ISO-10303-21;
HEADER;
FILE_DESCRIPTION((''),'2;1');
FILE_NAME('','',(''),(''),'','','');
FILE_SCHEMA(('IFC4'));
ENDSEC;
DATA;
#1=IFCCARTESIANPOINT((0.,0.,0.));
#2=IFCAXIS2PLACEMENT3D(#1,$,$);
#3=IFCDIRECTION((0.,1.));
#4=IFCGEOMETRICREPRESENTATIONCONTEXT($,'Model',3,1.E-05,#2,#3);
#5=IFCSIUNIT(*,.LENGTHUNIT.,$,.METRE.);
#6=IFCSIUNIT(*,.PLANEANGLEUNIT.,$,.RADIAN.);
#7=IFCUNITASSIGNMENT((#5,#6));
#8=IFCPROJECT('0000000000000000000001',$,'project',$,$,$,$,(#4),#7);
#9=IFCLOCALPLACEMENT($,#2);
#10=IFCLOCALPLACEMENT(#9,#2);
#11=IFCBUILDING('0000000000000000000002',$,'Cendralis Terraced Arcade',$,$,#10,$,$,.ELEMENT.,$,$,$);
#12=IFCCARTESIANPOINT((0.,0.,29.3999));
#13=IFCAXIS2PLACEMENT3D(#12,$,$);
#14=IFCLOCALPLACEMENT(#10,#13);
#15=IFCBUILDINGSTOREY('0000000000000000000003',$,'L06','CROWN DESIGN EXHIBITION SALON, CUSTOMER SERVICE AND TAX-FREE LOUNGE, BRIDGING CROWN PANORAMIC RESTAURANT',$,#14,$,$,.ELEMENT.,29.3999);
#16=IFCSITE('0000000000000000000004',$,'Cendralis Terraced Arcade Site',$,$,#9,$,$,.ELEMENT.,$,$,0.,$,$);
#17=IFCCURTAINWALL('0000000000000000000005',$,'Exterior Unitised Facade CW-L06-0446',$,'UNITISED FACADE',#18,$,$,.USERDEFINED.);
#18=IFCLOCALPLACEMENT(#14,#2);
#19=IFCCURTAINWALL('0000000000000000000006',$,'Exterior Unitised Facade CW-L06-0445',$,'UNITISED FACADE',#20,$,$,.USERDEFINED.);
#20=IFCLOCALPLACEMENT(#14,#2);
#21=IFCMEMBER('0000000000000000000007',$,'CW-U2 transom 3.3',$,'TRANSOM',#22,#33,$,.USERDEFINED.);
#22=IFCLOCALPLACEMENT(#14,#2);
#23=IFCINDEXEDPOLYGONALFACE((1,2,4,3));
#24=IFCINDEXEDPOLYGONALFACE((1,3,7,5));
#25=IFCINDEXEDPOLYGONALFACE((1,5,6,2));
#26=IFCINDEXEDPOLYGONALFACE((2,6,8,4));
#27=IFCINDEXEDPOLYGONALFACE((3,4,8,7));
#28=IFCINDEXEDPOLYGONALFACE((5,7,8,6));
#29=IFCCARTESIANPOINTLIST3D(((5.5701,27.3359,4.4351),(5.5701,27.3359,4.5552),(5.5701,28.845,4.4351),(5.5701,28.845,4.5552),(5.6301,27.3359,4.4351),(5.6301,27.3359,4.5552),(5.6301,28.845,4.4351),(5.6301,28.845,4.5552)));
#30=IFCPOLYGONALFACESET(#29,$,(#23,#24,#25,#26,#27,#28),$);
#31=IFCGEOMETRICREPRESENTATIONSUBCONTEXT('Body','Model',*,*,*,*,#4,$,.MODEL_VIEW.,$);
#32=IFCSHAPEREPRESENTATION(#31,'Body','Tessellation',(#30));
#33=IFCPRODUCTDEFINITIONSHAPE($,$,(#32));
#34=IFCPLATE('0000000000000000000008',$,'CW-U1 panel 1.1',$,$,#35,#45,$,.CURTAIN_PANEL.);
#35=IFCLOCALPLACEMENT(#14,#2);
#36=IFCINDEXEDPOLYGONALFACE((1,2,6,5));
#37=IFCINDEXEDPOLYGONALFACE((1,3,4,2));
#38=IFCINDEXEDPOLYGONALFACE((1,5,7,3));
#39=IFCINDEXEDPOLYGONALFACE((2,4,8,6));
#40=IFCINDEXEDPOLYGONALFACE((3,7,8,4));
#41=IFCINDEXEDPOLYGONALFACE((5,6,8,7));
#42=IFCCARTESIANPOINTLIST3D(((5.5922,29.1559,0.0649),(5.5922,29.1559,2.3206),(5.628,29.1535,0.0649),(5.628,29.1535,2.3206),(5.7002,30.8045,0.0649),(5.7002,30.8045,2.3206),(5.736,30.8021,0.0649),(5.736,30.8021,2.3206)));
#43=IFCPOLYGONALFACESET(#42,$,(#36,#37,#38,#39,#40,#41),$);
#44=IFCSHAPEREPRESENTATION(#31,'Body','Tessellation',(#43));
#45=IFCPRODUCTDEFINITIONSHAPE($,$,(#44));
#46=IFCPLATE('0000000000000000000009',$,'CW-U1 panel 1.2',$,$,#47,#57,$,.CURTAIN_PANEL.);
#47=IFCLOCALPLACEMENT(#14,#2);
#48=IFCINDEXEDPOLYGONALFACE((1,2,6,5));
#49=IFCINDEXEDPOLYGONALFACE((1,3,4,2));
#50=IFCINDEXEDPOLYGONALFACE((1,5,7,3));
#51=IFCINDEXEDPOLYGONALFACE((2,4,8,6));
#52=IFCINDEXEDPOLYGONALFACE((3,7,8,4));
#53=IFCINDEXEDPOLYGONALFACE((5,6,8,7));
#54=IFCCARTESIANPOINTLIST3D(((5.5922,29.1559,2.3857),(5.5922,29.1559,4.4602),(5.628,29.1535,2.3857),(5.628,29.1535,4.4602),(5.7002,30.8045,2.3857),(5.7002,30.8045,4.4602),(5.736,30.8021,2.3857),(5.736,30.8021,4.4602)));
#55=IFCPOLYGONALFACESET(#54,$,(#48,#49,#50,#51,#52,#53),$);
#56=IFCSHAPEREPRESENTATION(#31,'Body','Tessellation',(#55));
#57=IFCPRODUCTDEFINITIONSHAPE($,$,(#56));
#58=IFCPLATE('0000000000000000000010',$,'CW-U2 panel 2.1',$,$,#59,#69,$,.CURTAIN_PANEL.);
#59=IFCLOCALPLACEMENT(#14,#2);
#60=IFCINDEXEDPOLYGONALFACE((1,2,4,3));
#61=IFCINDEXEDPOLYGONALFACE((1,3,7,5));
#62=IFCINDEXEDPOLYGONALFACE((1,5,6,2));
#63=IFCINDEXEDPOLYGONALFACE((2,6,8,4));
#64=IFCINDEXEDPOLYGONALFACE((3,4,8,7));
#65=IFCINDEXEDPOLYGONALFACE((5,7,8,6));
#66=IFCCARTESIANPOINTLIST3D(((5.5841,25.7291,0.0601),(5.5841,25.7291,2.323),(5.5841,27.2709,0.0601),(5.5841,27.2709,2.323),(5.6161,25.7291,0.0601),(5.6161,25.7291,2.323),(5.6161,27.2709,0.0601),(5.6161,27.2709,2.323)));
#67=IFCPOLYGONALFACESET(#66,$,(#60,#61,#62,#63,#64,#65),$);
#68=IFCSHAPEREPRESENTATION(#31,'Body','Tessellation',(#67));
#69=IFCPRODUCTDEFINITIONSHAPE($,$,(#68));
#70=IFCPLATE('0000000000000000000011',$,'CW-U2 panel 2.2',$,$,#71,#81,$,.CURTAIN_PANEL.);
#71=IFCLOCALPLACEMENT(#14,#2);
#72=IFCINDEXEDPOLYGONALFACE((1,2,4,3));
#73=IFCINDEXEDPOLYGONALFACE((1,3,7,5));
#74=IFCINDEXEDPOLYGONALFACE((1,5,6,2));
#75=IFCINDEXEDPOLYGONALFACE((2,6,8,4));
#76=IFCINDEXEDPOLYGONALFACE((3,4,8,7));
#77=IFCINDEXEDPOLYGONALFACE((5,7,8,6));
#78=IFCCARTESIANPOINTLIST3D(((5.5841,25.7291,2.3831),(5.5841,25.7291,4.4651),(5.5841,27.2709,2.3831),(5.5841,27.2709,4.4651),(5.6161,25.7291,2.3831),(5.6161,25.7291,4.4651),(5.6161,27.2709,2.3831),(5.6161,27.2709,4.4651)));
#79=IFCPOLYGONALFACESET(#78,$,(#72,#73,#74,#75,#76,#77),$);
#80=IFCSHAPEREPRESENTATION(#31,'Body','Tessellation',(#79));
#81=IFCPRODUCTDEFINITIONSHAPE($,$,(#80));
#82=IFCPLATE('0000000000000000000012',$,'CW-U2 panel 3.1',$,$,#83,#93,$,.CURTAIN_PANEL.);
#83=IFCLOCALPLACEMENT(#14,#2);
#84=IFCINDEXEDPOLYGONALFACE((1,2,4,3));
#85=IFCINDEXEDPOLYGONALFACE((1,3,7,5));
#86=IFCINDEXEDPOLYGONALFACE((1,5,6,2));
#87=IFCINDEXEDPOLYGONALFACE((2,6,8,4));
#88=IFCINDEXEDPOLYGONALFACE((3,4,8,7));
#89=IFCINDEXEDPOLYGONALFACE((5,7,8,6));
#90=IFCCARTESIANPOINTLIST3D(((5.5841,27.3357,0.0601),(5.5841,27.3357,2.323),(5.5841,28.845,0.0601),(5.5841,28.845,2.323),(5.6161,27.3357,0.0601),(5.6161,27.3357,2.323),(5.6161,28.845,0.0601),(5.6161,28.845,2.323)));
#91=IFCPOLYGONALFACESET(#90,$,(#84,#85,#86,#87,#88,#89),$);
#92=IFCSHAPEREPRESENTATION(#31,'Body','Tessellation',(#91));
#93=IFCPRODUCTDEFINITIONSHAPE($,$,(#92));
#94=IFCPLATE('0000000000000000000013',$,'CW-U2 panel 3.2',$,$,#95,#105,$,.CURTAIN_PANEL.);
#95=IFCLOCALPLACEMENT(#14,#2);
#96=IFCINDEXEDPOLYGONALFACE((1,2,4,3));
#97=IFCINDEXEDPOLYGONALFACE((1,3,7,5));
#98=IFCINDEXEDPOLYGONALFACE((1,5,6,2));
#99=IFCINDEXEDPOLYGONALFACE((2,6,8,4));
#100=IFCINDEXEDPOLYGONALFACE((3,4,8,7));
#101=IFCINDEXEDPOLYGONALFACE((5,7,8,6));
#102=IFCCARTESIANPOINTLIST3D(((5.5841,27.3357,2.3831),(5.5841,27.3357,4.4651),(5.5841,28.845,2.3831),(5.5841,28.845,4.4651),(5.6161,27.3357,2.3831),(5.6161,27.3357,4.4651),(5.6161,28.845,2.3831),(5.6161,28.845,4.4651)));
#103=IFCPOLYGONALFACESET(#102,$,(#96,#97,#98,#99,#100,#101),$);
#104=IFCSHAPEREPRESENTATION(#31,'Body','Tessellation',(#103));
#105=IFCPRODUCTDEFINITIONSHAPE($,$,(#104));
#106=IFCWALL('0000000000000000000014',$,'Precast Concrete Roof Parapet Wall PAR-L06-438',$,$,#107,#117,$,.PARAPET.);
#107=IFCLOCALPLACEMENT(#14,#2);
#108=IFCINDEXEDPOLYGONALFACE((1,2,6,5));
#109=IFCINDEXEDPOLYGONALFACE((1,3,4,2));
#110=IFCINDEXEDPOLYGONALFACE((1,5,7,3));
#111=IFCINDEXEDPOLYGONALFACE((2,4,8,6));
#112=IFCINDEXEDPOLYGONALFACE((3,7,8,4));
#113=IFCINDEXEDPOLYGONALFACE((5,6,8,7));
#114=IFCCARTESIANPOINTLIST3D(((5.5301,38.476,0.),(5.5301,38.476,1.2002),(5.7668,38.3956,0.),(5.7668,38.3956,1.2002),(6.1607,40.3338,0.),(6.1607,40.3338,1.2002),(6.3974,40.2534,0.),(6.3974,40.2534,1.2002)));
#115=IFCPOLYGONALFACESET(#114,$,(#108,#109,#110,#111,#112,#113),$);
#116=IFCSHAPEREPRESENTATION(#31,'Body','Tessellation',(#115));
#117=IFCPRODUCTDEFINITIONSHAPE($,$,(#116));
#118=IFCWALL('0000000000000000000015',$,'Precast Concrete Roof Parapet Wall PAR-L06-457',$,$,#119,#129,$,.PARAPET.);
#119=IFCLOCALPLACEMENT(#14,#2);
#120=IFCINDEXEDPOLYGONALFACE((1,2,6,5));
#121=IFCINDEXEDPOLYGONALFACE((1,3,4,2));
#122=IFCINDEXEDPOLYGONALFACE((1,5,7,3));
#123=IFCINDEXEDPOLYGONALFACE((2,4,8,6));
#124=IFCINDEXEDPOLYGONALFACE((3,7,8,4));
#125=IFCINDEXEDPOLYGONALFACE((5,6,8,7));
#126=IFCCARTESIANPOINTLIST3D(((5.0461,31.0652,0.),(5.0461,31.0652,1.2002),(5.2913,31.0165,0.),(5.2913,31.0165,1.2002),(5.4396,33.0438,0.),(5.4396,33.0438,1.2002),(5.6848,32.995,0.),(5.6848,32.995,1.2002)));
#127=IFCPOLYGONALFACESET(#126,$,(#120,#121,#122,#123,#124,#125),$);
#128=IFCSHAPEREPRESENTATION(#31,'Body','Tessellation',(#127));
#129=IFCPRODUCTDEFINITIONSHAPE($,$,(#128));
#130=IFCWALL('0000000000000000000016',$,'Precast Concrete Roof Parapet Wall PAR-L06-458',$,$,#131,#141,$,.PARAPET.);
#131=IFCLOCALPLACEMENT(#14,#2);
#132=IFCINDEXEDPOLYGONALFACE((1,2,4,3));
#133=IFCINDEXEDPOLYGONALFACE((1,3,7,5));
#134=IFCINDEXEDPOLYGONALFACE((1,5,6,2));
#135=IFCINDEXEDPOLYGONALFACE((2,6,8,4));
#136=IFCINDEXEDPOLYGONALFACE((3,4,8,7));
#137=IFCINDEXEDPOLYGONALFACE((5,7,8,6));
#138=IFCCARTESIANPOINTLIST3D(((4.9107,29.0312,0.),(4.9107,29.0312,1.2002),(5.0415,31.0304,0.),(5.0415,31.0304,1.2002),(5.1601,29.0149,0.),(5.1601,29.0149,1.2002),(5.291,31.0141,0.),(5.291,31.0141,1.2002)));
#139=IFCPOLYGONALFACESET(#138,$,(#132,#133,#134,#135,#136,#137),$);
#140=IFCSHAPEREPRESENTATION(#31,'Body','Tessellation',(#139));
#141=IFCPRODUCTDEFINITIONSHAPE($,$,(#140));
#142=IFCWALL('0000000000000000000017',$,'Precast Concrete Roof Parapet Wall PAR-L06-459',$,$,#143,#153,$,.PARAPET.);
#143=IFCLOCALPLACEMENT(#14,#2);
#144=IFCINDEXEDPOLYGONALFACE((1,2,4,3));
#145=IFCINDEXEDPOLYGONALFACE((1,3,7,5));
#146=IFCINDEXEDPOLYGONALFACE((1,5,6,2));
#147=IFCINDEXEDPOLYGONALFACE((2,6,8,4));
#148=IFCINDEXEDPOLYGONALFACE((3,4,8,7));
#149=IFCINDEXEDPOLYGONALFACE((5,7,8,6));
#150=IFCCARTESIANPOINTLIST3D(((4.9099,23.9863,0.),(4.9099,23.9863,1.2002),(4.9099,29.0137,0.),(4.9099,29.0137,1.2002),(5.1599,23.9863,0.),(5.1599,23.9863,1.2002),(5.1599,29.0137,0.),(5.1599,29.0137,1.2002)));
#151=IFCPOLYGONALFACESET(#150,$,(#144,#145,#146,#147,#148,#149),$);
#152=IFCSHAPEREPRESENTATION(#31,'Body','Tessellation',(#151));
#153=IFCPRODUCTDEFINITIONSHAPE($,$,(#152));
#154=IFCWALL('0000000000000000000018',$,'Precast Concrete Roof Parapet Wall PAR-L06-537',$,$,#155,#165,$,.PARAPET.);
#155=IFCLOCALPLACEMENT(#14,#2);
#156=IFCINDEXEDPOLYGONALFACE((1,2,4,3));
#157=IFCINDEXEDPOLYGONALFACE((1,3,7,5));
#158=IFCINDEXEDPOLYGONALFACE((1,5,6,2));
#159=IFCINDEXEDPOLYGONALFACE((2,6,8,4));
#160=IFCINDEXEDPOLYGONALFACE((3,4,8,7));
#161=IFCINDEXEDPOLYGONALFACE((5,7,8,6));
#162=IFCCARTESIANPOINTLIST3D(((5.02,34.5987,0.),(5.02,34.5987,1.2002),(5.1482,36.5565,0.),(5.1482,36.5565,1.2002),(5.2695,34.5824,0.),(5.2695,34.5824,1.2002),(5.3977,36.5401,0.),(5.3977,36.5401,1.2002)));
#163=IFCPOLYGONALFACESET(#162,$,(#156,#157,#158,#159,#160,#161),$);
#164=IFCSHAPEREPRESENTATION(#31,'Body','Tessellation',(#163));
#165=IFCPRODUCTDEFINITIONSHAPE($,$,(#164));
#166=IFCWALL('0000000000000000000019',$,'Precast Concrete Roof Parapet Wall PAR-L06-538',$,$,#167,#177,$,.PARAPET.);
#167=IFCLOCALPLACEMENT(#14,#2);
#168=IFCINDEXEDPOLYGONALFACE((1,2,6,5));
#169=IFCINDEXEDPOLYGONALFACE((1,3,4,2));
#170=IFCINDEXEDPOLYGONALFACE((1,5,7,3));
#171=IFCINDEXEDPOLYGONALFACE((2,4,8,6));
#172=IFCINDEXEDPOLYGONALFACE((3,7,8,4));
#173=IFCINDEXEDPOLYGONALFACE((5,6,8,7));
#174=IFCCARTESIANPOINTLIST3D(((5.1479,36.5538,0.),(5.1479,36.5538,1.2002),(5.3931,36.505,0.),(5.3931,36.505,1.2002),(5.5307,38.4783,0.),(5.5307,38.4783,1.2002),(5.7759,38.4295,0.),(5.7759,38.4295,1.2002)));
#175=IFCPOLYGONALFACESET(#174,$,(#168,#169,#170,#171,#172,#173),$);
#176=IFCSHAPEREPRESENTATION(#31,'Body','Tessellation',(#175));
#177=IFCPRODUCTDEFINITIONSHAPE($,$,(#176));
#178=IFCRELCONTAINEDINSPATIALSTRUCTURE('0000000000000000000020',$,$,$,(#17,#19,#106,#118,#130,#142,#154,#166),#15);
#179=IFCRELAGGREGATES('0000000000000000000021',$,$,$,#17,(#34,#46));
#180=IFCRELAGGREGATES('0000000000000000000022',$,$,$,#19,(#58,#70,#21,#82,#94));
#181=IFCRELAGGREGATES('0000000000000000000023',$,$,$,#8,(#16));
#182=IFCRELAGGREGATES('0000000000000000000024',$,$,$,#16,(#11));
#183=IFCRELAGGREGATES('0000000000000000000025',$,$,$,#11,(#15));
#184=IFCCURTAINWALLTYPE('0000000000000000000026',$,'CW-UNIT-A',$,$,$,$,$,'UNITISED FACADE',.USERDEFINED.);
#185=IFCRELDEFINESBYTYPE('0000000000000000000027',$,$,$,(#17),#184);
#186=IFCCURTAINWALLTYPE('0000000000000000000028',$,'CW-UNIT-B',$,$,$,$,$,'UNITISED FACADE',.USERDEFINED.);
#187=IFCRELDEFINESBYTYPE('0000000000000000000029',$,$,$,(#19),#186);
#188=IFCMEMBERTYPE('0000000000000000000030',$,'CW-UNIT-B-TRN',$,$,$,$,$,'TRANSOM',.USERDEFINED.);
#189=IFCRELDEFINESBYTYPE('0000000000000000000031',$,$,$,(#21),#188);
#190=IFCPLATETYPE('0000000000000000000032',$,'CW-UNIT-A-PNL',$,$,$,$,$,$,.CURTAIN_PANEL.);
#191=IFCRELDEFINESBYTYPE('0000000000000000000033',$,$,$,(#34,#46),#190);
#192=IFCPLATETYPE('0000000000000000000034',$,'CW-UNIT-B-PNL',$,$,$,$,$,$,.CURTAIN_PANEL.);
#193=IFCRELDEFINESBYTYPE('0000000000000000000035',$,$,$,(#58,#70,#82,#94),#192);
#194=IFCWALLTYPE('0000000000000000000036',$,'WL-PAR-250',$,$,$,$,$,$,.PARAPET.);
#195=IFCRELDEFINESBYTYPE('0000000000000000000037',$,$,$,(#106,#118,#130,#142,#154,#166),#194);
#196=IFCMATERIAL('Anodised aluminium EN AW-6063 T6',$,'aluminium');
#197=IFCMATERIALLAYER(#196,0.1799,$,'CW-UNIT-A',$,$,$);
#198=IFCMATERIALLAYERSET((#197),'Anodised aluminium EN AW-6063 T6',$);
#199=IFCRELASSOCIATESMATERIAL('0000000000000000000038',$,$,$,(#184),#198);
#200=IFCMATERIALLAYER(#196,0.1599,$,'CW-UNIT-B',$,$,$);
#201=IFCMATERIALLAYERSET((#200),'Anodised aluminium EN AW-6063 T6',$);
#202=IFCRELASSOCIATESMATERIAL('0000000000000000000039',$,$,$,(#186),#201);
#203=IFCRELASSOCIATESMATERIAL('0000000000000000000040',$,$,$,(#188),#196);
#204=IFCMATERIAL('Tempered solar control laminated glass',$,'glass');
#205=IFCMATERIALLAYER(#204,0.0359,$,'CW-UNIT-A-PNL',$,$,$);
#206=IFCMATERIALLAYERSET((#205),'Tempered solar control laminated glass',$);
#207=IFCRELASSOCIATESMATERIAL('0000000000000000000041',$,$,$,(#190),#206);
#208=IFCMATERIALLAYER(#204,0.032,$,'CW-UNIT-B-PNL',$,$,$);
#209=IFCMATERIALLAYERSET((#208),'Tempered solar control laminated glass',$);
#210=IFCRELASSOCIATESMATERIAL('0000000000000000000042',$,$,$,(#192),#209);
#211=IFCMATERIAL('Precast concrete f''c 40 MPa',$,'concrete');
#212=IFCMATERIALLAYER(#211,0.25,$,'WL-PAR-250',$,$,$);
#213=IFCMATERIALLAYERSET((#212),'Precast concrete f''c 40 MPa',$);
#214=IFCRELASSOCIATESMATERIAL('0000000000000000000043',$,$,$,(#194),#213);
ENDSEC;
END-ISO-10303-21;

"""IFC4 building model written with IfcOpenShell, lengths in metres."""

from ifc_helpers import new_model, si_unit, direction, frame, frame_2d, origin, origin_2d, place, context, subcontext, project, spatial, rectangle, extrude, material, layer, layer_set, material_profile, profile_set, type_object, element, aggregate, save


model = new_model("IFC4")

# Units and contexts
model_context = context("Model", 3, precision=1e-05, world=origin(), true_north=direction((0.0, 1.0)))
body_context = subcontext(model_context, "Body", "Model", "MODEL_VIEW")
ifc_project = project(units=[si_unit("LENGTHUNIT", "METRE"), si_unit("PLANEANGLEUNIT", "RADIAN")], contexts=[model_context])

# Site, building, storey
site_placement = place(None, origin())
site = spatial("IfcSite", under=ifc_project, at=site_placement, Name="Cendralis Terraced Arcade Site", CompositionType="ELEMENT", RefElevation=0.0)
building_placement = place(site_placement, origin())
building = spatial("IfcBuilding", under=site, at=building_placement, Name="Cendralis Terraced Arcade", CompositionType="ELEMENT")
storey_placement = place(building_placement, frame((0.0, 0.0, 29.3999)))
storey = spatial("IfcBuildingStorey", under=building, at=storey_placement, Name="L06", Description="CROWN DESIGN EXHIBITION SALON, CUSTOMER SERVICE AND TAX-FREE LOUNGE, BRIDGING CROWN PANORAMIC RESTAURANT", CompositionType="ELEMENT", Elevation=29.3999)

# Curtain wall
ifc_material_1 = material(Name="Anodised aluminium EN AW-6063 T6", Category="aluminium")
ifc_layer_1 = layer(ifc_material_1, 0.1799, Name="CW-UNIT-A")
ifc_layer_set_1 = layer_set([ifc_layer_1], Name="Anodised aluminium EN AW-6063 T6")
curtain_wall_type_1 = type_object("IfcCurtainWallType", Name="CW-UNIT-A", ElementType="UNITISED FACADE", PredefinedType="USERDEFINED", material=ifc_layer_set_1)
curtain_wall_1_placement = place(storey_placement, origin())
curtain_wall_1 = element("IfcCurtainWall", 1, at=curtain_wall_1_placement, inside=storey, type_object=curtain_wall_type_1, Name="Exterior Unitised Facade CW-L06-0446", ObjectType="UNITISED FACADE", PredefinedType="USERDEFINED")

# Curtain wall, member
ifc_layer_2 = layer(ifc_material_1, 0.1599, Name="CW-UNIT-B")
ifc_layer_set_2 = layer_set([ifc_layer_2], Name="Anodised aluminium EN AW-6063 T6")
curtain_wall_type_2 = type_object("IfcCurtainWallType", Name="CW-UNIT-B", ElementType="UNITISED FACADE", PredefinedType="USERDEFINED", material=ifc_layer_set_2)
curtain_wall_2_placement = place(storey_placement, origin())
curtain_wall_2 = element("IfcCurtainWall", 2, at=curtain_wall_2_placement, inside=storey, type_object=curtain_wall_type_2, Name="Exterior Unitised Facade CW-L06-0445", ObjectType="UNITISED FACADE", PredefinedType="USERDEFINED")
ifc_material_profile_1 = material_profile(ifc_material_1, rectangle(XDim=0.0601, YDim=0.1201, at=origin_2d()), Name="ALU-TRN-60x120")
ifc_profile_set_1 = profile_set([ifc_material_profile_1], Name="Anodised aluminium EN AW-6063 T6")
member_type_1 = type_object("IfcMemberType", Name="CW-UNIT-B-TRN", ElementType="TRANSOM", PredefinedType="USERDEFINED", material=ifc_profile_set_1)
member_1_placement = place(storey_placement, frame((5.6001, 27.3359, 4.4951), z_axis=(0.0, 1.0, 0.0), x_axis=(-1.0, 0.0, 0.0)))
member_1 = element("IfcMember", 3, at=member_1_placement, type_object=member_type_1, Name="CW-U2 transom 3.3", ObjectType="TRANSOM", PredefinedType="USERDEFINED", context=body_context, shape_type="SweptSolid", body=[
    extrude(rectangle(XDim=0.0601, YDim=0.1201, at=origin_2d()), origin(), (0.0, 0.0, 1.0), 1.509),
])

# Plates
ifc_material_2 = material(Name="Tempered solar control laminated glass", Category="glass")
ifc_layer_3 = layer(ifc_material_2, 0.0359, Name="CW-UNIT-A-PNL")
ifc_layer_set_3 = layer_set([ifc_layer_3], Name="Tempered solar control laminated glass")
plate_type_1 = type_object("IfcPlateType", Name="CW-UNIT-A-PNL", PredefinedType="CURTAIN_PANEL", material=ifc_layer_set_3)
plate_1_placement = place(storey_placement, frame((5.6641, 29.979, 0.0649), z_axis=(0.0, 0.0, 1.0), x_axis=(0.065372, 0.997861, 0.0)))
plate_1 = element("IfcPlate", 4, at=plate_1_placement, type_object=plate_type_1, Name="CW-U1 panel 1.1", PredefinedType="CURTAIN_PANEL", context=body_context, shape_type="SweptSolid", body=[
    extrude(rectangle(XDim=1.6521, YDim=0.0359, at=origin_2d()), origin(), (0.0, 0.0, 1.0), 2.2556),
])
plate_2_placement = place(storey_placement, frame((5.6641, 29.979, 2.3857), z_axis=(0.0, 0.0, 1.0), x_axis=(0.065372, 0.997861, 0.0)))
plate_2 = element("IfcPlate", 5, at=plate_2_placement, type_object=plate_type_1, Name="CW-U1 panel 1.2", PredefinedType="CURTAIN_PANEL", context=body_context, shape_type="SweptSolid", body=[
    extrude(rectangle(XDim=1.6521, YDim=0.0359, at=origin_2d()), origin(), (0.0, 0.0, 1.0), 2.0745),
])
aggregate(curtain_wall_1, [plate_1, plate_2])
ifc_layer_4 = layer(ifc_material_2, 0.032, Name="CW-UNIT-B-PNL")
ifc_layer_set_4 = layer_set([ifc_layer_4], Name="Tempered solar control laminated glass")
plate_type_2 = type_object("IfcPlateType", Name="CW-UNIT-B-PNL", PredefinedType="CURTAIN_PANEL", material=ifc_layer_set_4)
plate_3_placement = place(storey_placement, frame((5.6001, 26.5, 0.0601), z_axis=(0.0, 0.0, 1.0), x_axis=(0.0, 1.0, 0.0)))
plate_3 = element("IfcPlate", 6, at=plate_3_placement, type_object=plate_type_2, Name="CW-U2 panel 2.1", PredefinedType="CURTAIN_PANEL", context=body_context, shape_type="SweptSolid", body=[
    extrude(rectangle(XDim=1.5417, YDim=0.032, at=origin_2d()), origin(), (0.0, 0.0, 1.0), 2.2629),
])
plate_4_placement = place(storey_placement, frame((5.6001, 26.5, 2.3831), z_axis=(0.0, 0.0, 1.0), x_axis=(0.0, 1.0, 0.0)))
plate_4 = element("IfcPlate", 7, at=plate_4_placement, type_object=plate_type_2, Name="CW-U2 panel 2.2", PredefinedType="CURTAIN_PANEL", context=body_context, shape_type="SweptSolid", body=[
    extrude(rectangle(XDim=1.5417, YDim=0.032, at=origin_2d()), origin(), (0.0, 0.0, 1.0), 2.082),
])
plate_5_placement = place(storey_placement, frame((5.6001, 28.0903, 0.0601), z_axis=(0.0, 0.0, 1.0), x_axis=(0.0, 1.0, 0.0)))
plate_5 = element("IfcPlate", 8, at=plate_5_placement, type_object=plate_type_2, Name="CW-U2 panel 3.1", PredefinedType="CURTAIN_PANEL", context=body_context, shape_type="SweptSolid", body=[
    extrude(rectangle(XDim=1.5093, YDim=0.032, at=origin_2d()), origin(), (0.0, 0.0, 1.0), 2.2629),
])
plate_6_placement = place(storey_placement, frame((5.6001, 28.0903, 2.3831), z_axis=(0.0, 0.0, 1.0), x_axis=(0.0, 1.0, 0.0)))
plate_6 = element("IfcPlate", 9, at=plate_6_placement, type_object=plate_type_2, Name="CW-U2 panel 3.2", PredefinedType="CURTAIN_PANEL", context=body_context, shape_type="SweptSolid", body=[
    extrude(rectangle(XDim=1.5093, YDim=0.032, at=origin_2d()), origin(), (0.0, 0.0, 1.0), 2.082),
])
aggregate(curtain_wall_2, [plate_3, plate_4, member_1, plate_5, plate_6])

# Walls
ifc_material_3 = material(Name="Precast concrete f'c 40 MPa", Category="concrete")
ifc_layer_5 = layer(ifc_material_3, 0.25, Name="WL-PAR-250")
ifc_layer_set_5 = layer_set([ifc_layer_5], Name="Precast concrete f'c 40 MPa")
wall_type = type_object("IfcWallType", Name="WL-PAR-250", PredefinedType="PARAPET", material=ifc_layer_set_5)
wall_1_placement = place(storey_placement, frame((5.6484, 38.4358, 0.0), z_axis=(0.0, 0.0, 1.0), x_axis=(0.321412, 0.946939, 0.0)))
element("IfcWall", 10, at=wall_1_placement, inside=storey, type_object=wall_type, Name="Precast Concrete Roof Parapet Wall PAR-L06-438", PredefinedType="PARAPET", context=body_context, shape_type="SweptSolid", body=[
    extrude(rectangle(XDim=1.9619, YDim=0.25, at=frame_2d((0.981, 0.0))), origin(), (0.0, 0.0, 1.0), 1.2002),
])
wall_2_placement = place(storey_placement, frame((5.5623, 33.0195, 0.0), z_axis=(0.0, 0.0, 1.0), x_axis=(-0.195092, -0.980785, 0.0)))
element("IfcWall", 11, at=wall_2_placement, inside=storey, type_object=wall_type, Name="Precast Concrete Roof Parapet Wall PAR-L06-457", PredefinedType="PARAPET", context=body_context, shape_type="SweptSolid", body=[
    extrude(rectangle(XDim=2.0173, YDim=0.25, at=frame_2d((1.0088, 0.0))), origin(), (0.0, 0.0, 1.0), 1.2002),
])
wall_3_placement = place(storey_placement, frame((5.1663, 31.0222, 0.0), z_axis=(0.0, 0.0, 1.0), x_axis=(-0.065322, -0.997864, 0.0)))
element("IfcWall", 12, at=wall_3_placement, inside=storey, type_object=wall_type, Name="Precast Concrete Roof Parapet Wall PAR-L06-458", PredefinedType="PARAPET", context=body_context, shape_type="SweptSolid", body=[
    extrude(rectangle(XDim=2.0034, YDim=0.25, at=frame_2d((1.0017, 0.0))), origin(), (0.0, 0.0, 1.0), 1.2002),
])
wall_4_placement = place(storey_placement, frame((5.0349, 29.0137, 0.0), z_axis=(0.0, 0.0, 1.0), x_axis=(0.0, -1.0, 0.0)))
element("IfcWall", 13, at=wall_4_placement, inside=storey, type_object=wall_type, Name="Precast Concrete Roof Parapet Wall PAR-L06-459", PredefinedType="PARAPET", context=body_context, shape_type="SweptSolid", body=[
    extrude(rectangle(XDim=5.0273, YDim=0.25, at=frame_2d((2.5137, 0.0))), origin(), (0.0, 0.0, 1.0), 1.2002),
])
wall_5_placement = place(storey_placement, frame((5.1448, 34.5906, 0.0), z_axis=(0.0, 0.0, 1.0), x_axis=(0.06533, 0.997864, 0.0)))
element("IfcWall", 14, at=wall_5_placement, inside=storey, type_object=wall_type, Name="Precast Concrete Roof Parapet Wall PAR-L06-537", PredefinedType="PARAPET", context=body_context, shape_type="SweptSolid", body=[
    extrude(rectangle(XDim=1.9619, YDim=0.25, at=frame_2d((0.981, 0.0))), origin(), (0.0, 0.0, 1.0), 1.2002),
])
wall_6_placement = place(storey_placement, frame((5.2705, 36.5295, 0.0), z_axis=(0.0, 0.0, 1.0), x_axis=(0.195087, 0.980786, 0.0)))
element("IfcWall", 15, at=wall_6_placement, inside=storey, type_object=wall_type, Name="Precast Concrete Roof Parapet Wall PAR-L06-538", PredefinedType="PARAPET", context=body_context, shape_type="SweptSolid", body=[
    extrude(rectangle(XDim=1.9622, YDim=0.25, at=frame_2d((0.981, 0.0))), origin(), (0.0, 0.0, 1.0), 1.2002),
])

save(model, "model.ifc")
